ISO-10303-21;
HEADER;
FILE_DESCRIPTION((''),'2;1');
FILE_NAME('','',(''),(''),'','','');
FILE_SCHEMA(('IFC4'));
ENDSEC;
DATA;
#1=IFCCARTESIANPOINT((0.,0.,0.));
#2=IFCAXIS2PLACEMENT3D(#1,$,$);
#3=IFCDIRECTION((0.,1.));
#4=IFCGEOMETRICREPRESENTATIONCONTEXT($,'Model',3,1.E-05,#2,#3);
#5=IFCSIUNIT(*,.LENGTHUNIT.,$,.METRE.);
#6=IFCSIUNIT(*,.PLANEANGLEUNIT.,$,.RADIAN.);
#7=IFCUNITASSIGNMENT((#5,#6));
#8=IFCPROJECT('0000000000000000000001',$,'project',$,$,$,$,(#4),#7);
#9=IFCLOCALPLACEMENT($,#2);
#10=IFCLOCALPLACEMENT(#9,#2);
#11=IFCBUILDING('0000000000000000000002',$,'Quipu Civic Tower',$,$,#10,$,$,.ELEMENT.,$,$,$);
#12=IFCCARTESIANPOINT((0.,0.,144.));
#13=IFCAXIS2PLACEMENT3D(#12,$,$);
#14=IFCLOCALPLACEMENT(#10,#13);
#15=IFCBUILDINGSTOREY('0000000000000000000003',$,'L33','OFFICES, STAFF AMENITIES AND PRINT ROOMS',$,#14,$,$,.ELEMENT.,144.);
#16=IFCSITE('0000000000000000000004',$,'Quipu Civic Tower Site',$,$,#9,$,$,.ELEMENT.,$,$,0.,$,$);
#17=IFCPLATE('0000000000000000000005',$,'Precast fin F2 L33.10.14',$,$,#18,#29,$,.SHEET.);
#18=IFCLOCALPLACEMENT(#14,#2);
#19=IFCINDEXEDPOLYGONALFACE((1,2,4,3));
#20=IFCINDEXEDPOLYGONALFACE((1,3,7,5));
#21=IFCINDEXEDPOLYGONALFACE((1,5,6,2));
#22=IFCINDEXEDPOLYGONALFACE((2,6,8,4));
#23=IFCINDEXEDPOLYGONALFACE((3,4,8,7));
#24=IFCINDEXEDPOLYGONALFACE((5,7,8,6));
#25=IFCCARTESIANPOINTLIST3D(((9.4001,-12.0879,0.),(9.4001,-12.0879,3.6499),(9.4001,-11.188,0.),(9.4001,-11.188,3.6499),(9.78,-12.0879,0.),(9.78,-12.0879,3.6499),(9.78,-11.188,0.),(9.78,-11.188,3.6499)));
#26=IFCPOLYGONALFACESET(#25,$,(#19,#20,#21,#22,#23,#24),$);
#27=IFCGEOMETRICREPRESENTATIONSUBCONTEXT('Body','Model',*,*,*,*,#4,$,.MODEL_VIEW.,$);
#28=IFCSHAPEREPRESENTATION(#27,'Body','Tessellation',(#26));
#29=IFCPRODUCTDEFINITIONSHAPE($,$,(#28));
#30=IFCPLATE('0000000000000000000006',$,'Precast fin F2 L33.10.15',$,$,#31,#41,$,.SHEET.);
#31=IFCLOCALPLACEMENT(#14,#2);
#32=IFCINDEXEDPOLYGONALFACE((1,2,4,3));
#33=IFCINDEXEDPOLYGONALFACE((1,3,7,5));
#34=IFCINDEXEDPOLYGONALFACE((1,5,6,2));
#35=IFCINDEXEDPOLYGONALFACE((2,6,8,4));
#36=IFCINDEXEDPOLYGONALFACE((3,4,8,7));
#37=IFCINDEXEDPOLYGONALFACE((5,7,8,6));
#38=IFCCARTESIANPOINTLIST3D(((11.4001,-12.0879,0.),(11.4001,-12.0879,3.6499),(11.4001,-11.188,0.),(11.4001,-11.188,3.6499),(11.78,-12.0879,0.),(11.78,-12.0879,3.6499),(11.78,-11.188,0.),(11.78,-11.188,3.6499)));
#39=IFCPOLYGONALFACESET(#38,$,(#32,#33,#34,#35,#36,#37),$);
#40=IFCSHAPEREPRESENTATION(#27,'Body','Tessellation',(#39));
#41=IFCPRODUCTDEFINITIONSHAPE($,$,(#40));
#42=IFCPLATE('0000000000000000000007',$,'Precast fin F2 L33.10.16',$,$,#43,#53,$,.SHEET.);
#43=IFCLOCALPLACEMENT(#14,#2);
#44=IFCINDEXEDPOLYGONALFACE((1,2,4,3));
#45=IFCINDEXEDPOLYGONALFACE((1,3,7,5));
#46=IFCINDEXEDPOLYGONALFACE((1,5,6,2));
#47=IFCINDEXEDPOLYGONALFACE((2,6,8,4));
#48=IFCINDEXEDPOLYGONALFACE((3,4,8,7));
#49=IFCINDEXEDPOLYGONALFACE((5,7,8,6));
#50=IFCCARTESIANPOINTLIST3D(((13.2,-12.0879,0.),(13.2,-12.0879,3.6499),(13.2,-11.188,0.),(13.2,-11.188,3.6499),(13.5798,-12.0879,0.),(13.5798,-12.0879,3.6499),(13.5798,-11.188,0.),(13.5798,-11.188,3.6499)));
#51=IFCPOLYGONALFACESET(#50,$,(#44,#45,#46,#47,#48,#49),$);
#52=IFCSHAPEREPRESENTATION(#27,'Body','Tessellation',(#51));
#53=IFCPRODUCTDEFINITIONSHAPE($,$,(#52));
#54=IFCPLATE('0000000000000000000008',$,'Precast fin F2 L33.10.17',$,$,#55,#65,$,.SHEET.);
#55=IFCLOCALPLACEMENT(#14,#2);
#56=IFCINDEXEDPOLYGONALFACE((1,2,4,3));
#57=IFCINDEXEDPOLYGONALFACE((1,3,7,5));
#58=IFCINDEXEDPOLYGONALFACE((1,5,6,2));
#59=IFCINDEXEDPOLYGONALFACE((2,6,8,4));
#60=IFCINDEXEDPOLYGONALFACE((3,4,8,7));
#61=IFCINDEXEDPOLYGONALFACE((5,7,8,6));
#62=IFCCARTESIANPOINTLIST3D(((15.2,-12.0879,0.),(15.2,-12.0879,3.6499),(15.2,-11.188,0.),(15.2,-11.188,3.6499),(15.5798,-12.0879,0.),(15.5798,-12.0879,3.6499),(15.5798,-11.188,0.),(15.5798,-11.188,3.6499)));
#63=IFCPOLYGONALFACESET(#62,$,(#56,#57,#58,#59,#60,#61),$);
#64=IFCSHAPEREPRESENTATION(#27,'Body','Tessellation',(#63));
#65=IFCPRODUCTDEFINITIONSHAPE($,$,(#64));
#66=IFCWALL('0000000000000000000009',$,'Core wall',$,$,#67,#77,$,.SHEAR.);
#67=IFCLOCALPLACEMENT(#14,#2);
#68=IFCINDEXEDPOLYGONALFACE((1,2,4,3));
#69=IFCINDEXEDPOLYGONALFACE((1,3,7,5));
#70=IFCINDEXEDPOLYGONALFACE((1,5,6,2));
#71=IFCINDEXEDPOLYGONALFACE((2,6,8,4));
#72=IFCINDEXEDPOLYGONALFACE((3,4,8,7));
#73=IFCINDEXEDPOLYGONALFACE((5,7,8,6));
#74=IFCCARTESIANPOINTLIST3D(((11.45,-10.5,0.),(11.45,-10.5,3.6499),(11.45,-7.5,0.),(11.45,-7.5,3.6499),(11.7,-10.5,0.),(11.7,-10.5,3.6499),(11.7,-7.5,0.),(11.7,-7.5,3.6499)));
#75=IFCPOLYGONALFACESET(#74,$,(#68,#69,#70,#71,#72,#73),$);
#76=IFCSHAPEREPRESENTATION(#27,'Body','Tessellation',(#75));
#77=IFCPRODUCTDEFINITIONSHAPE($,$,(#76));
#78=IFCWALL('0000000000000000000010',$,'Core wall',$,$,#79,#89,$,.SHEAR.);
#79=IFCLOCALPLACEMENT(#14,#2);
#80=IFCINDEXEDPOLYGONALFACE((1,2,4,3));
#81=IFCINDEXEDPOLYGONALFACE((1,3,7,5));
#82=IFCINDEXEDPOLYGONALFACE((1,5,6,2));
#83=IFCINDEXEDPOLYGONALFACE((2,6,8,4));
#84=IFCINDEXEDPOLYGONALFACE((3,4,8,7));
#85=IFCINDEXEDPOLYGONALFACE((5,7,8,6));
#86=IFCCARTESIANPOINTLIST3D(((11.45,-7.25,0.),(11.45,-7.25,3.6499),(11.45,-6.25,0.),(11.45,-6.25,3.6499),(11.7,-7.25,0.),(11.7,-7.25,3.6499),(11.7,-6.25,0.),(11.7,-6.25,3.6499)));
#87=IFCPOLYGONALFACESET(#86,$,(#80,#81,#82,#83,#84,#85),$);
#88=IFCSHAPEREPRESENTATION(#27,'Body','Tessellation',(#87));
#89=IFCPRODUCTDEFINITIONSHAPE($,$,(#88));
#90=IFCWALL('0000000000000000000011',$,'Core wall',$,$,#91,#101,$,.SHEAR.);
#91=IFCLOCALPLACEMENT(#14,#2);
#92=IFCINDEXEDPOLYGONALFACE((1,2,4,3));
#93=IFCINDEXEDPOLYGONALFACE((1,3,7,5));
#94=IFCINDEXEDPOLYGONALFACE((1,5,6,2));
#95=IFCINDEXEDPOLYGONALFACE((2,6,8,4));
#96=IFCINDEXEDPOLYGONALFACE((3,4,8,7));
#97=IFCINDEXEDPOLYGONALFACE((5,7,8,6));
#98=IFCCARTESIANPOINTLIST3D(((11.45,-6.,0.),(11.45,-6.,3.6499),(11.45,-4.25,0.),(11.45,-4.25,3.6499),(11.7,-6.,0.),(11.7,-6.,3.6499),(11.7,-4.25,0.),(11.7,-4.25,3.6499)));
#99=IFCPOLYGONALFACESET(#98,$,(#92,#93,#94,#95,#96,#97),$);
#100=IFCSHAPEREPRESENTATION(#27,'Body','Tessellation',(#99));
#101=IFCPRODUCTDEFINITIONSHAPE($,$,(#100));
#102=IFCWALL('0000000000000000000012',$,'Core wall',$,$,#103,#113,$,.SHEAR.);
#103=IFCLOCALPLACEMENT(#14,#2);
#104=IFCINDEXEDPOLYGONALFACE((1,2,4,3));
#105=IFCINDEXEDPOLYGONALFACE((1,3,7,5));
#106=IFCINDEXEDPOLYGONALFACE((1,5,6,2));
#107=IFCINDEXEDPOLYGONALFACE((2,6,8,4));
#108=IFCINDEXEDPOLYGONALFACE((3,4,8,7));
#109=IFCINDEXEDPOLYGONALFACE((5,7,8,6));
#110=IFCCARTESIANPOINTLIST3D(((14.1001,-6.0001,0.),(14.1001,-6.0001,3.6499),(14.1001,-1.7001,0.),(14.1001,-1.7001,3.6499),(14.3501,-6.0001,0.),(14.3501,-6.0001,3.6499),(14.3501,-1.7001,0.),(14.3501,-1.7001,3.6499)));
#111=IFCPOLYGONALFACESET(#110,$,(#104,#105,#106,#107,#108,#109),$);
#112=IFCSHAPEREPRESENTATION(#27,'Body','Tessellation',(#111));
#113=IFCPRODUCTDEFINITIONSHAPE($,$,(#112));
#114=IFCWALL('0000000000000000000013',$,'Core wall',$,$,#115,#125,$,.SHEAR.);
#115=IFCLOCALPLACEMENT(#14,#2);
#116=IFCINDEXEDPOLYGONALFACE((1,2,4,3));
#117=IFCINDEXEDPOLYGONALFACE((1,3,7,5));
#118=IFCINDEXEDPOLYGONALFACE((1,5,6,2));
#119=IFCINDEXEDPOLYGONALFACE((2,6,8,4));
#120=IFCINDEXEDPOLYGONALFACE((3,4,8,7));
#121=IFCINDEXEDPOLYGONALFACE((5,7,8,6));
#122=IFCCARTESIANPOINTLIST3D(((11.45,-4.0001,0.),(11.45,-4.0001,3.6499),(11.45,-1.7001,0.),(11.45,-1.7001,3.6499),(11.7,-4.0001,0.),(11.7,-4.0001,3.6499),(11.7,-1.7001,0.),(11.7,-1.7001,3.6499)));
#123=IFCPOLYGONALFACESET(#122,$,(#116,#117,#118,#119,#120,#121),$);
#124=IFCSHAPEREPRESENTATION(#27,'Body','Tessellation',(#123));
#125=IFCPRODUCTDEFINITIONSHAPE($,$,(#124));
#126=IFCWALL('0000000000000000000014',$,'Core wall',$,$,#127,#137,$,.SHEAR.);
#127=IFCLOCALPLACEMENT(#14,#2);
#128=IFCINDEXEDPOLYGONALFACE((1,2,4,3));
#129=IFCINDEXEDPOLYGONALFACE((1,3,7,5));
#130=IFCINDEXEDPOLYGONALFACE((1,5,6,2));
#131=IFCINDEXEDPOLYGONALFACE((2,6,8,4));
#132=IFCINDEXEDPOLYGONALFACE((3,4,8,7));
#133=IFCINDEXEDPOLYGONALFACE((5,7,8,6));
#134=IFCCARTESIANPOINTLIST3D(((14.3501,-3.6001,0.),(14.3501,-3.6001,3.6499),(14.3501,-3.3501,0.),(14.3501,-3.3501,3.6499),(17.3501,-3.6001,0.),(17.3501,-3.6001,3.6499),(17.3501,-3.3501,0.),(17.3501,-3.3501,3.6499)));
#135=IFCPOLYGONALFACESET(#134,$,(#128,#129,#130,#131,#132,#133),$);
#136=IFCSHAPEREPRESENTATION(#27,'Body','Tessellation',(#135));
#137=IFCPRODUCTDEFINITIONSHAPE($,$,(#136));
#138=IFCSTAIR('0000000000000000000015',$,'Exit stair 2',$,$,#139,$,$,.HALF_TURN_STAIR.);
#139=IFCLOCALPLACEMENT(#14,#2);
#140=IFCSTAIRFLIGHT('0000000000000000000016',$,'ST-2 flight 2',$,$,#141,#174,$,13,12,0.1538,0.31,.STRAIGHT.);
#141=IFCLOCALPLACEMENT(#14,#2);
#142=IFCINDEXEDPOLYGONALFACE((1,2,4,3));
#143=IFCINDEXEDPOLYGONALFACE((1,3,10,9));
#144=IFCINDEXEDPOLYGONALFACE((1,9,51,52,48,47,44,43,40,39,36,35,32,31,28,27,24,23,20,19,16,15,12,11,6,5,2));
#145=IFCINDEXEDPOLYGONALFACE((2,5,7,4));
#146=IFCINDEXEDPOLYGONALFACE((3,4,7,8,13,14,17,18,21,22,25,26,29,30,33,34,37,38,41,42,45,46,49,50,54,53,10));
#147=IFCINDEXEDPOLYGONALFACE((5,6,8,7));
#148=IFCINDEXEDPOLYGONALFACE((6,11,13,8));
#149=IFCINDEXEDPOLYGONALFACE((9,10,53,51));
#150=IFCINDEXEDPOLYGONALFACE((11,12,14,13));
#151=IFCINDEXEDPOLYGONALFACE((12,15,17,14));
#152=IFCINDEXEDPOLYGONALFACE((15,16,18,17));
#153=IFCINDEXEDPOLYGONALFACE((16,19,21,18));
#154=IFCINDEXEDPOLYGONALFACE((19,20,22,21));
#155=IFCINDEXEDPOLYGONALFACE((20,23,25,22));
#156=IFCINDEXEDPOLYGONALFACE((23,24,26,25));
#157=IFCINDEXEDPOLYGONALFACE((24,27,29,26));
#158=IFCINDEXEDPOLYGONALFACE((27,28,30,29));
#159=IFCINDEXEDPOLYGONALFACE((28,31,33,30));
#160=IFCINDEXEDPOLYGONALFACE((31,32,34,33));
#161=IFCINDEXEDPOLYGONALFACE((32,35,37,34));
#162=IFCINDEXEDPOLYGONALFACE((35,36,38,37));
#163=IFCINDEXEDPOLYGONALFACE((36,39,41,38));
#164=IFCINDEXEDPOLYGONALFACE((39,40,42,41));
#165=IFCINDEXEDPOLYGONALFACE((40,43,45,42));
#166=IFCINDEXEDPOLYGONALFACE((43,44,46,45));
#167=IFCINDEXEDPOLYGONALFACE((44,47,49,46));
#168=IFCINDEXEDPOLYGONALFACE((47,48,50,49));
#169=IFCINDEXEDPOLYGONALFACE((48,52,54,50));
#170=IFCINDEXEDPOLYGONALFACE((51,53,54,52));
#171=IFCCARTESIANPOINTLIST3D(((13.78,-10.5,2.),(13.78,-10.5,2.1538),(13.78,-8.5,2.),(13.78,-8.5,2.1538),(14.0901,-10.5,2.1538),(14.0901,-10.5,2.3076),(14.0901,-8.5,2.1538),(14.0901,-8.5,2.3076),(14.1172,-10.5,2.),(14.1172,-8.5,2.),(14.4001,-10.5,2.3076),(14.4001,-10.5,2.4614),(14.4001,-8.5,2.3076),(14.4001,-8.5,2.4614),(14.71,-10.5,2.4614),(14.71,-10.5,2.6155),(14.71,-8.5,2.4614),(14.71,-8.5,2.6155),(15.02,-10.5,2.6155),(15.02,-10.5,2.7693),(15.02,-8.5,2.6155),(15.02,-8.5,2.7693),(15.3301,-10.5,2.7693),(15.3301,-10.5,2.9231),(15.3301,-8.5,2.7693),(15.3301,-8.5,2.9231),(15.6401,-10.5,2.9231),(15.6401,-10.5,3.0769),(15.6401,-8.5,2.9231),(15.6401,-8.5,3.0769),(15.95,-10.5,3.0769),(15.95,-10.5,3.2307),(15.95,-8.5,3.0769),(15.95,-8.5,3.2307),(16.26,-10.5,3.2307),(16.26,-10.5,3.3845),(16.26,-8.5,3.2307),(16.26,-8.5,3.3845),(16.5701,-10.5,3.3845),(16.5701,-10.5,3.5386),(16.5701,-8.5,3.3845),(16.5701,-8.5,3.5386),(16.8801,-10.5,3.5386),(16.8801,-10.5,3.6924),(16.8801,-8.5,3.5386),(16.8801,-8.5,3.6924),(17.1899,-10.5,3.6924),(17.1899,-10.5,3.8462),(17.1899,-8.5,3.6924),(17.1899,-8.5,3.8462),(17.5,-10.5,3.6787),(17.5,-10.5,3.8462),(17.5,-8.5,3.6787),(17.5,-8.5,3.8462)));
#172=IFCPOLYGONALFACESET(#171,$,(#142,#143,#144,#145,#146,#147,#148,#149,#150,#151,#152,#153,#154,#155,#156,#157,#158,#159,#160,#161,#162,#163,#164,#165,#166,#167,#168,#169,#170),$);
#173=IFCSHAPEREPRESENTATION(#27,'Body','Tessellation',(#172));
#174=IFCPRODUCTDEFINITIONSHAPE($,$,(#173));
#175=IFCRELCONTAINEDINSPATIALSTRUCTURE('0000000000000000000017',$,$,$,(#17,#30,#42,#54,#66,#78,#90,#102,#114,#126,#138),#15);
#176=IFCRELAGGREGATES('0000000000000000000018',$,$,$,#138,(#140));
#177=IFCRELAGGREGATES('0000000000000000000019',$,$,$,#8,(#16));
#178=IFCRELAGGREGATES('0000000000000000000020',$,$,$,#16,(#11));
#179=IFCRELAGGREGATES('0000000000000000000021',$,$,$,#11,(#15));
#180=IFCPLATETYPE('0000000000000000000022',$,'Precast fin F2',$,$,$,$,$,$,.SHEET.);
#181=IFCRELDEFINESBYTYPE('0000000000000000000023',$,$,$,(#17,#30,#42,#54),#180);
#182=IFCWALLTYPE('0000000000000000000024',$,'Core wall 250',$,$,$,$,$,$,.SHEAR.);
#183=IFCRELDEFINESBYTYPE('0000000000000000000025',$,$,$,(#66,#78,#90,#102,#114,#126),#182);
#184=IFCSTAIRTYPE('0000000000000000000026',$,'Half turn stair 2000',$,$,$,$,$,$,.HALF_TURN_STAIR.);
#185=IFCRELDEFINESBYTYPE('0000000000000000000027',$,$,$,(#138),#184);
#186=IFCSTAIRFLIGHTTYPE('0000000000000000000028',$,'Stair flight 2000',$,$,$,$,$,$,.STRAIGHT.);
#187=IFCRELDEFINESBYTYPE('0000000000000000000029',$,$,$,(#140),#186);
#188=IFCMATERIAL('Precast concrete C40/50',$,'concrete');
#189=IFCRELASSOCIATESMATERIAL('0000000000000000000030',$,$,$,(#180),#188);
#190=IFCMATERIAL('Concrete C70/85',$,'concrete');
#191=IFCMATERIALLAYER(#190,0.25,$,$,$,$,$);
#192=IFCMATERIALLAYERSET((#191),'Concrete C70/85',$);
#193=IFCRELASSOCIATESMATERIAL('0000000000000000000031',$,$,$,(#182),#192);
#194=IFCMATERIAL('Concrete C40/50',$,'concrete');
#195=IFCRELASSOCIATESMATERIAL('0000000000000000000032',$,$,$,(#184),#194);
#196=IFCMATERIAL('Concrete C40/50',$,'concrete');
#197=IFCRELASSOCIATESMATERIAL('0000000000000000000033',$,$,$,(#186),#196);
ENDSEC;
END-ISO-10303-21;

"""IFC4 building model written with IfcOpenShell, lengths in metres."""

from ifc_helpers import new_model, si_unit, direction, frame, frame_2d, origin, origin_2d, place, context, subcontext, project, spatial, polyline, rectangle, outline, extrude, material, layer, layer_set, type_object, element, aggregate, save


model = new_model("IFC4")

# Units and contexts
model_context = context("Model", 3, precision=1e-05, world=origin(), true_north=direction((0.0, 1.0)))
body_context = subcontext(model_context, "Body", "Model", "MODEL_VIEW")
ifc_project = project(units=[si_unit("LENGTHUNIT", "METRE"), si_unit("PLANEANGLEUNIT", "RADIAN")], contexts=[model_context])

# Site, building, storey
site_placement = place(None, origin())
site = spatial("IfcSite", under=ifc_project, at=site_placement, Name="Quipu Civic Tower Site", CompositionType="ELEMENT", RefElevation=0.0)
building_placement = place(site_placement, origin())
building = spatial("IfcBuilding", under=site, at=building_placement, Name="Quipu Civic Tower", CompositionType="ELEMENT")
storey_placement = place(building_placement, frame((0.0, 0.0, 144.0)))
storey = spatial("IfcBuildingStorey", under=building, at=storey_placement, Name="L33", Description="OFFICES, STAFF AMENITIES AND PRINT ROOMS", CompositionType="ELEMENT", Elevation=144.0)

# Plates
ifc_material_1 = material(Name="Precast concrete C40/50", Category="concrete")
plate_type = type_object("IfcPlateType", Name="Precast fin F2", PredefinedType="SHEET", material=ifc_material_1)
for number, where, z_axis, x_axis, name in (
    (1, (9.5901, -11.6379, 0.0), (0.0, 0.0, 1.0), (1.0, 0.0, 0.0), "Precast fin F2 L33.10.14"),
    (2, (11.5901, -11.6379, 0.0), (0.0, 0.0, 1.0), (1.0, 0.0, 0.0), "Precast fin F2 L33.10.15"),
    (3, (13.3899, -11.6379, 0.0), (0.0, 0.0, 1.0), (1.0, 0.0, 0.0), "Precast fin F2 L33.10.16"),
    (4, (15.3899, -11.6379, 0.0), (0.0, 0.0, 1.0), (1.0, 0.0, 0.0), "Precast fin F2 L33.10.17"),
):
    element("IfcPlate", number, at=place(storey_placement, frame(where, z_axis=z_axis, x_axis=x_axis)), inside=storey, type_object=plate_type, Name=name, PredefinedType="SHEET", context=body_context, shape_type="SweptSolid", body=[
        extrude(rectangle(XDim=0.3799, YDim=0.8999, at=origin_2d()), origin(), (0.0, 0.0, 1.0), 3.6499),
    ])

# Wall
ifc_material_2 = material(Name="Concrete C70/85", Category="concrete")
ifc_layer = layer(ifc_material_2, 0.25)
ifc_layer_set = layer_set([ifc_layer], Name="Concrete C70/85")
wall_type = type_object("IfcWallType", Name="Core wall 250", PredefinedType="SHEAR", material=ifc_layer_set)
wall_1_placement = place(storey_placement, frame((11.575, -10.5, 0.0), z_axis=(0.0, 0.0, 1.0), x_axis=(0.0, 1.0, 0.0)))
element("IfcWall", 5, at=wall_1_placement, inside=storey, type_object=wall_type, Name="Core wall", PredefinedType="SHEAR", context=body_context, shape_type="SweptSolid", body=[
    extrude(rectangle(XDim=3.0, YDim=0.25, at=frame_2d((1.5, 0.0))), origin(), (0.0, 0.0, 1.0), 3.6499),
])

# Walls
wall_2_placement = place(storey_placement, frame((11.575, -7.25, 0.0), z_axis=(0.0, 0.0, 1.0), x_axis=(0.0, 1.0, 0.0)))
element("IfcWall", 6, at=wall_2_placement, inside=storey, type_object=wall_type, Name="Core wall", PredefinedType="SHEAR", context=body_context, shape_type="SweptSolid", body=[
    extrude(rectangle(XDim=1.0, YDim=0.25, at=frame_2d((0.5, 0.0))), origin(), (0.0, 0.0, 1.0), 3.6499),
])
wall_3_placement = place(storey_placement, frame((11.575, -6.0, 0.0), z_axis=(0.0, 0.0, 1.0), x_axis=(0.0, 1.0, 0.0)))
element("IfcWall", 7, at=wall_3_placement, inside=storey, type_object=wall_type, Name="Core wall", PredefinedType="SHEAR", context=body_context, shape_type="SweptSolid", body=[
    extrude(rectangle(XDim=1.75, YDim=0.25, at=frame_2d((0.875, 0.0))), origin(), (0.0, 0.0, 1.0), 3.6499),
])
wall_4_placement = place(storey_placement, frame((14.2251, -6.0, 0.0), z_axis=(0.0, 0.0, 1.0), x_axis=(0.0, 1.0, 0.0)))
element("IfcWall", 8, at=wall_4_placement, inside=storey, type_object=wall_type, Name="Core wall", PredefinedType="SHEAR", context=body_context, shape_type="SweptSolid", body=[
    extrude(rectangle(XDim=4.3, YDim=0.25, at=frame_2d((2.1499, 0.0))), origin(), (0.0, 0.0, 1.0), 3.6499),
])
wall_5_placement = place(storey_placement, frame((11.575, -4.0, 0.0), z_axis=(0.0, 0.0, 1.0), x_axis=(0.0, 1.0, 0.0)))
element("IfcWall", 9, at=wall_5_placement, inside=storey, type_object=wall_type, Name="Core wall", PredefinedType="SHEAR", context=body_context, shape_type="SweptSolid", body=[
    extrude(rectangle(XDim=2.3, YDim=0.25, at=frame_2d((1.1499, 0.0))), origin(), (0.0, 0.0, 1.0), 3.6499),
])
wall_6_placement = place(storey_placement, frame((14.3501, -3.4751, 0.0), z_axis=(0.0, 0.0, 1.0), x_axis=(1.0, 0.0, 0.0)))
element("IfcWall", 10, at=wall_6_placement, inside=storey, type_object=wall_type, Name="Core wall", PredefinedType="SHEAR", context=body_context, shape_type="SweptSolid", body=[
    extrude(rectangle(XDim=3.0, YDim=0.25, at=frame_2d((1.5, 0.0))), origin(), (0.0, 0.0, 1.0), 3.6499),
])

# Stair, stair flight
ifc_material_3 = material(Name="Concrete C40/50", Category="concrete")
stair_type = type_object("IfcStairType", Name="Half turn stair 2000", PredefinedType="HALF_TURN_STAIR", material=ifc_material_3)
stair_placement = place(storey_placement, origin())
stair = element("IfcStair", 11, at=stair_placement, inside=storey, type_object=stair_type, Name="Exit stair 2", PredefinedType="HALF_TURN_STAIR")
ifc_material_4 = material(Name="Concrete C40/50", Category="concrete")
stair_flight_type = type_object("IfcStairFlightType", Name="Stair flight 2000", PredefinedType="STRAIGHT", material=ifc_material_4)
stair_flight_placement = place(storey_placement, frame((13.78, -9.5, 2.0), z_axis=(0.0, 0.0, 1.0), x_axis=(1.0, 0.0, 0.0)))
stair_flight = element("IfcStairFlight", 12, at=stair_flight_placement, type_object=stair_flight_type, Name="ST-2 flight 2", NumberOfRisers=13, NumberOfTreads=12, PredefinedType="STRAIGHT", RiserHeight=0.1538, TreadLength=0.31, context=body_context, shape_type="SweptSolid", body=[
    extrude(outline(polyline([(0.0, 0.0), (0.0, 0.1538), (0.3101, 0.1538), (0.3101, 0.3076), (0.6201, 0.3076), (0.6201, 0.4614), (0.9299, 0.4614), (0.9299, 0.6155), (1.24, 0.6155), (1.24, 0.7693), (1.55, 0.7693), (1.55, 0.9231), (1.8601, 0.9231), (1.8601, 1.0769), (2.1699, 1.0769), (2.1699, 1.2307), (2.48, 1.2307), (2.48, 1.3845), (2.79, 1.3845), (2.79, 1.5386), (3.1001, 1.5386), (3.1001, 1.6924), (3.4099, 1.6924), (3.4099, 1.8462), (3.72, 1.8462), (3.72, 2.0), (3.72, 1.6787), (0.3372, 0.0), (0.0, 0.0)])), frame((0.0, 1.0, 0.0), z_axis=(0.0, -1.0, 0.0), x_axis=(1.0, 0.0, 0.0)), (0.0, 0.0, 1.0), 2.0),
])
aggregate(stair, [stair_flight])

save(model, "model.ifc")
